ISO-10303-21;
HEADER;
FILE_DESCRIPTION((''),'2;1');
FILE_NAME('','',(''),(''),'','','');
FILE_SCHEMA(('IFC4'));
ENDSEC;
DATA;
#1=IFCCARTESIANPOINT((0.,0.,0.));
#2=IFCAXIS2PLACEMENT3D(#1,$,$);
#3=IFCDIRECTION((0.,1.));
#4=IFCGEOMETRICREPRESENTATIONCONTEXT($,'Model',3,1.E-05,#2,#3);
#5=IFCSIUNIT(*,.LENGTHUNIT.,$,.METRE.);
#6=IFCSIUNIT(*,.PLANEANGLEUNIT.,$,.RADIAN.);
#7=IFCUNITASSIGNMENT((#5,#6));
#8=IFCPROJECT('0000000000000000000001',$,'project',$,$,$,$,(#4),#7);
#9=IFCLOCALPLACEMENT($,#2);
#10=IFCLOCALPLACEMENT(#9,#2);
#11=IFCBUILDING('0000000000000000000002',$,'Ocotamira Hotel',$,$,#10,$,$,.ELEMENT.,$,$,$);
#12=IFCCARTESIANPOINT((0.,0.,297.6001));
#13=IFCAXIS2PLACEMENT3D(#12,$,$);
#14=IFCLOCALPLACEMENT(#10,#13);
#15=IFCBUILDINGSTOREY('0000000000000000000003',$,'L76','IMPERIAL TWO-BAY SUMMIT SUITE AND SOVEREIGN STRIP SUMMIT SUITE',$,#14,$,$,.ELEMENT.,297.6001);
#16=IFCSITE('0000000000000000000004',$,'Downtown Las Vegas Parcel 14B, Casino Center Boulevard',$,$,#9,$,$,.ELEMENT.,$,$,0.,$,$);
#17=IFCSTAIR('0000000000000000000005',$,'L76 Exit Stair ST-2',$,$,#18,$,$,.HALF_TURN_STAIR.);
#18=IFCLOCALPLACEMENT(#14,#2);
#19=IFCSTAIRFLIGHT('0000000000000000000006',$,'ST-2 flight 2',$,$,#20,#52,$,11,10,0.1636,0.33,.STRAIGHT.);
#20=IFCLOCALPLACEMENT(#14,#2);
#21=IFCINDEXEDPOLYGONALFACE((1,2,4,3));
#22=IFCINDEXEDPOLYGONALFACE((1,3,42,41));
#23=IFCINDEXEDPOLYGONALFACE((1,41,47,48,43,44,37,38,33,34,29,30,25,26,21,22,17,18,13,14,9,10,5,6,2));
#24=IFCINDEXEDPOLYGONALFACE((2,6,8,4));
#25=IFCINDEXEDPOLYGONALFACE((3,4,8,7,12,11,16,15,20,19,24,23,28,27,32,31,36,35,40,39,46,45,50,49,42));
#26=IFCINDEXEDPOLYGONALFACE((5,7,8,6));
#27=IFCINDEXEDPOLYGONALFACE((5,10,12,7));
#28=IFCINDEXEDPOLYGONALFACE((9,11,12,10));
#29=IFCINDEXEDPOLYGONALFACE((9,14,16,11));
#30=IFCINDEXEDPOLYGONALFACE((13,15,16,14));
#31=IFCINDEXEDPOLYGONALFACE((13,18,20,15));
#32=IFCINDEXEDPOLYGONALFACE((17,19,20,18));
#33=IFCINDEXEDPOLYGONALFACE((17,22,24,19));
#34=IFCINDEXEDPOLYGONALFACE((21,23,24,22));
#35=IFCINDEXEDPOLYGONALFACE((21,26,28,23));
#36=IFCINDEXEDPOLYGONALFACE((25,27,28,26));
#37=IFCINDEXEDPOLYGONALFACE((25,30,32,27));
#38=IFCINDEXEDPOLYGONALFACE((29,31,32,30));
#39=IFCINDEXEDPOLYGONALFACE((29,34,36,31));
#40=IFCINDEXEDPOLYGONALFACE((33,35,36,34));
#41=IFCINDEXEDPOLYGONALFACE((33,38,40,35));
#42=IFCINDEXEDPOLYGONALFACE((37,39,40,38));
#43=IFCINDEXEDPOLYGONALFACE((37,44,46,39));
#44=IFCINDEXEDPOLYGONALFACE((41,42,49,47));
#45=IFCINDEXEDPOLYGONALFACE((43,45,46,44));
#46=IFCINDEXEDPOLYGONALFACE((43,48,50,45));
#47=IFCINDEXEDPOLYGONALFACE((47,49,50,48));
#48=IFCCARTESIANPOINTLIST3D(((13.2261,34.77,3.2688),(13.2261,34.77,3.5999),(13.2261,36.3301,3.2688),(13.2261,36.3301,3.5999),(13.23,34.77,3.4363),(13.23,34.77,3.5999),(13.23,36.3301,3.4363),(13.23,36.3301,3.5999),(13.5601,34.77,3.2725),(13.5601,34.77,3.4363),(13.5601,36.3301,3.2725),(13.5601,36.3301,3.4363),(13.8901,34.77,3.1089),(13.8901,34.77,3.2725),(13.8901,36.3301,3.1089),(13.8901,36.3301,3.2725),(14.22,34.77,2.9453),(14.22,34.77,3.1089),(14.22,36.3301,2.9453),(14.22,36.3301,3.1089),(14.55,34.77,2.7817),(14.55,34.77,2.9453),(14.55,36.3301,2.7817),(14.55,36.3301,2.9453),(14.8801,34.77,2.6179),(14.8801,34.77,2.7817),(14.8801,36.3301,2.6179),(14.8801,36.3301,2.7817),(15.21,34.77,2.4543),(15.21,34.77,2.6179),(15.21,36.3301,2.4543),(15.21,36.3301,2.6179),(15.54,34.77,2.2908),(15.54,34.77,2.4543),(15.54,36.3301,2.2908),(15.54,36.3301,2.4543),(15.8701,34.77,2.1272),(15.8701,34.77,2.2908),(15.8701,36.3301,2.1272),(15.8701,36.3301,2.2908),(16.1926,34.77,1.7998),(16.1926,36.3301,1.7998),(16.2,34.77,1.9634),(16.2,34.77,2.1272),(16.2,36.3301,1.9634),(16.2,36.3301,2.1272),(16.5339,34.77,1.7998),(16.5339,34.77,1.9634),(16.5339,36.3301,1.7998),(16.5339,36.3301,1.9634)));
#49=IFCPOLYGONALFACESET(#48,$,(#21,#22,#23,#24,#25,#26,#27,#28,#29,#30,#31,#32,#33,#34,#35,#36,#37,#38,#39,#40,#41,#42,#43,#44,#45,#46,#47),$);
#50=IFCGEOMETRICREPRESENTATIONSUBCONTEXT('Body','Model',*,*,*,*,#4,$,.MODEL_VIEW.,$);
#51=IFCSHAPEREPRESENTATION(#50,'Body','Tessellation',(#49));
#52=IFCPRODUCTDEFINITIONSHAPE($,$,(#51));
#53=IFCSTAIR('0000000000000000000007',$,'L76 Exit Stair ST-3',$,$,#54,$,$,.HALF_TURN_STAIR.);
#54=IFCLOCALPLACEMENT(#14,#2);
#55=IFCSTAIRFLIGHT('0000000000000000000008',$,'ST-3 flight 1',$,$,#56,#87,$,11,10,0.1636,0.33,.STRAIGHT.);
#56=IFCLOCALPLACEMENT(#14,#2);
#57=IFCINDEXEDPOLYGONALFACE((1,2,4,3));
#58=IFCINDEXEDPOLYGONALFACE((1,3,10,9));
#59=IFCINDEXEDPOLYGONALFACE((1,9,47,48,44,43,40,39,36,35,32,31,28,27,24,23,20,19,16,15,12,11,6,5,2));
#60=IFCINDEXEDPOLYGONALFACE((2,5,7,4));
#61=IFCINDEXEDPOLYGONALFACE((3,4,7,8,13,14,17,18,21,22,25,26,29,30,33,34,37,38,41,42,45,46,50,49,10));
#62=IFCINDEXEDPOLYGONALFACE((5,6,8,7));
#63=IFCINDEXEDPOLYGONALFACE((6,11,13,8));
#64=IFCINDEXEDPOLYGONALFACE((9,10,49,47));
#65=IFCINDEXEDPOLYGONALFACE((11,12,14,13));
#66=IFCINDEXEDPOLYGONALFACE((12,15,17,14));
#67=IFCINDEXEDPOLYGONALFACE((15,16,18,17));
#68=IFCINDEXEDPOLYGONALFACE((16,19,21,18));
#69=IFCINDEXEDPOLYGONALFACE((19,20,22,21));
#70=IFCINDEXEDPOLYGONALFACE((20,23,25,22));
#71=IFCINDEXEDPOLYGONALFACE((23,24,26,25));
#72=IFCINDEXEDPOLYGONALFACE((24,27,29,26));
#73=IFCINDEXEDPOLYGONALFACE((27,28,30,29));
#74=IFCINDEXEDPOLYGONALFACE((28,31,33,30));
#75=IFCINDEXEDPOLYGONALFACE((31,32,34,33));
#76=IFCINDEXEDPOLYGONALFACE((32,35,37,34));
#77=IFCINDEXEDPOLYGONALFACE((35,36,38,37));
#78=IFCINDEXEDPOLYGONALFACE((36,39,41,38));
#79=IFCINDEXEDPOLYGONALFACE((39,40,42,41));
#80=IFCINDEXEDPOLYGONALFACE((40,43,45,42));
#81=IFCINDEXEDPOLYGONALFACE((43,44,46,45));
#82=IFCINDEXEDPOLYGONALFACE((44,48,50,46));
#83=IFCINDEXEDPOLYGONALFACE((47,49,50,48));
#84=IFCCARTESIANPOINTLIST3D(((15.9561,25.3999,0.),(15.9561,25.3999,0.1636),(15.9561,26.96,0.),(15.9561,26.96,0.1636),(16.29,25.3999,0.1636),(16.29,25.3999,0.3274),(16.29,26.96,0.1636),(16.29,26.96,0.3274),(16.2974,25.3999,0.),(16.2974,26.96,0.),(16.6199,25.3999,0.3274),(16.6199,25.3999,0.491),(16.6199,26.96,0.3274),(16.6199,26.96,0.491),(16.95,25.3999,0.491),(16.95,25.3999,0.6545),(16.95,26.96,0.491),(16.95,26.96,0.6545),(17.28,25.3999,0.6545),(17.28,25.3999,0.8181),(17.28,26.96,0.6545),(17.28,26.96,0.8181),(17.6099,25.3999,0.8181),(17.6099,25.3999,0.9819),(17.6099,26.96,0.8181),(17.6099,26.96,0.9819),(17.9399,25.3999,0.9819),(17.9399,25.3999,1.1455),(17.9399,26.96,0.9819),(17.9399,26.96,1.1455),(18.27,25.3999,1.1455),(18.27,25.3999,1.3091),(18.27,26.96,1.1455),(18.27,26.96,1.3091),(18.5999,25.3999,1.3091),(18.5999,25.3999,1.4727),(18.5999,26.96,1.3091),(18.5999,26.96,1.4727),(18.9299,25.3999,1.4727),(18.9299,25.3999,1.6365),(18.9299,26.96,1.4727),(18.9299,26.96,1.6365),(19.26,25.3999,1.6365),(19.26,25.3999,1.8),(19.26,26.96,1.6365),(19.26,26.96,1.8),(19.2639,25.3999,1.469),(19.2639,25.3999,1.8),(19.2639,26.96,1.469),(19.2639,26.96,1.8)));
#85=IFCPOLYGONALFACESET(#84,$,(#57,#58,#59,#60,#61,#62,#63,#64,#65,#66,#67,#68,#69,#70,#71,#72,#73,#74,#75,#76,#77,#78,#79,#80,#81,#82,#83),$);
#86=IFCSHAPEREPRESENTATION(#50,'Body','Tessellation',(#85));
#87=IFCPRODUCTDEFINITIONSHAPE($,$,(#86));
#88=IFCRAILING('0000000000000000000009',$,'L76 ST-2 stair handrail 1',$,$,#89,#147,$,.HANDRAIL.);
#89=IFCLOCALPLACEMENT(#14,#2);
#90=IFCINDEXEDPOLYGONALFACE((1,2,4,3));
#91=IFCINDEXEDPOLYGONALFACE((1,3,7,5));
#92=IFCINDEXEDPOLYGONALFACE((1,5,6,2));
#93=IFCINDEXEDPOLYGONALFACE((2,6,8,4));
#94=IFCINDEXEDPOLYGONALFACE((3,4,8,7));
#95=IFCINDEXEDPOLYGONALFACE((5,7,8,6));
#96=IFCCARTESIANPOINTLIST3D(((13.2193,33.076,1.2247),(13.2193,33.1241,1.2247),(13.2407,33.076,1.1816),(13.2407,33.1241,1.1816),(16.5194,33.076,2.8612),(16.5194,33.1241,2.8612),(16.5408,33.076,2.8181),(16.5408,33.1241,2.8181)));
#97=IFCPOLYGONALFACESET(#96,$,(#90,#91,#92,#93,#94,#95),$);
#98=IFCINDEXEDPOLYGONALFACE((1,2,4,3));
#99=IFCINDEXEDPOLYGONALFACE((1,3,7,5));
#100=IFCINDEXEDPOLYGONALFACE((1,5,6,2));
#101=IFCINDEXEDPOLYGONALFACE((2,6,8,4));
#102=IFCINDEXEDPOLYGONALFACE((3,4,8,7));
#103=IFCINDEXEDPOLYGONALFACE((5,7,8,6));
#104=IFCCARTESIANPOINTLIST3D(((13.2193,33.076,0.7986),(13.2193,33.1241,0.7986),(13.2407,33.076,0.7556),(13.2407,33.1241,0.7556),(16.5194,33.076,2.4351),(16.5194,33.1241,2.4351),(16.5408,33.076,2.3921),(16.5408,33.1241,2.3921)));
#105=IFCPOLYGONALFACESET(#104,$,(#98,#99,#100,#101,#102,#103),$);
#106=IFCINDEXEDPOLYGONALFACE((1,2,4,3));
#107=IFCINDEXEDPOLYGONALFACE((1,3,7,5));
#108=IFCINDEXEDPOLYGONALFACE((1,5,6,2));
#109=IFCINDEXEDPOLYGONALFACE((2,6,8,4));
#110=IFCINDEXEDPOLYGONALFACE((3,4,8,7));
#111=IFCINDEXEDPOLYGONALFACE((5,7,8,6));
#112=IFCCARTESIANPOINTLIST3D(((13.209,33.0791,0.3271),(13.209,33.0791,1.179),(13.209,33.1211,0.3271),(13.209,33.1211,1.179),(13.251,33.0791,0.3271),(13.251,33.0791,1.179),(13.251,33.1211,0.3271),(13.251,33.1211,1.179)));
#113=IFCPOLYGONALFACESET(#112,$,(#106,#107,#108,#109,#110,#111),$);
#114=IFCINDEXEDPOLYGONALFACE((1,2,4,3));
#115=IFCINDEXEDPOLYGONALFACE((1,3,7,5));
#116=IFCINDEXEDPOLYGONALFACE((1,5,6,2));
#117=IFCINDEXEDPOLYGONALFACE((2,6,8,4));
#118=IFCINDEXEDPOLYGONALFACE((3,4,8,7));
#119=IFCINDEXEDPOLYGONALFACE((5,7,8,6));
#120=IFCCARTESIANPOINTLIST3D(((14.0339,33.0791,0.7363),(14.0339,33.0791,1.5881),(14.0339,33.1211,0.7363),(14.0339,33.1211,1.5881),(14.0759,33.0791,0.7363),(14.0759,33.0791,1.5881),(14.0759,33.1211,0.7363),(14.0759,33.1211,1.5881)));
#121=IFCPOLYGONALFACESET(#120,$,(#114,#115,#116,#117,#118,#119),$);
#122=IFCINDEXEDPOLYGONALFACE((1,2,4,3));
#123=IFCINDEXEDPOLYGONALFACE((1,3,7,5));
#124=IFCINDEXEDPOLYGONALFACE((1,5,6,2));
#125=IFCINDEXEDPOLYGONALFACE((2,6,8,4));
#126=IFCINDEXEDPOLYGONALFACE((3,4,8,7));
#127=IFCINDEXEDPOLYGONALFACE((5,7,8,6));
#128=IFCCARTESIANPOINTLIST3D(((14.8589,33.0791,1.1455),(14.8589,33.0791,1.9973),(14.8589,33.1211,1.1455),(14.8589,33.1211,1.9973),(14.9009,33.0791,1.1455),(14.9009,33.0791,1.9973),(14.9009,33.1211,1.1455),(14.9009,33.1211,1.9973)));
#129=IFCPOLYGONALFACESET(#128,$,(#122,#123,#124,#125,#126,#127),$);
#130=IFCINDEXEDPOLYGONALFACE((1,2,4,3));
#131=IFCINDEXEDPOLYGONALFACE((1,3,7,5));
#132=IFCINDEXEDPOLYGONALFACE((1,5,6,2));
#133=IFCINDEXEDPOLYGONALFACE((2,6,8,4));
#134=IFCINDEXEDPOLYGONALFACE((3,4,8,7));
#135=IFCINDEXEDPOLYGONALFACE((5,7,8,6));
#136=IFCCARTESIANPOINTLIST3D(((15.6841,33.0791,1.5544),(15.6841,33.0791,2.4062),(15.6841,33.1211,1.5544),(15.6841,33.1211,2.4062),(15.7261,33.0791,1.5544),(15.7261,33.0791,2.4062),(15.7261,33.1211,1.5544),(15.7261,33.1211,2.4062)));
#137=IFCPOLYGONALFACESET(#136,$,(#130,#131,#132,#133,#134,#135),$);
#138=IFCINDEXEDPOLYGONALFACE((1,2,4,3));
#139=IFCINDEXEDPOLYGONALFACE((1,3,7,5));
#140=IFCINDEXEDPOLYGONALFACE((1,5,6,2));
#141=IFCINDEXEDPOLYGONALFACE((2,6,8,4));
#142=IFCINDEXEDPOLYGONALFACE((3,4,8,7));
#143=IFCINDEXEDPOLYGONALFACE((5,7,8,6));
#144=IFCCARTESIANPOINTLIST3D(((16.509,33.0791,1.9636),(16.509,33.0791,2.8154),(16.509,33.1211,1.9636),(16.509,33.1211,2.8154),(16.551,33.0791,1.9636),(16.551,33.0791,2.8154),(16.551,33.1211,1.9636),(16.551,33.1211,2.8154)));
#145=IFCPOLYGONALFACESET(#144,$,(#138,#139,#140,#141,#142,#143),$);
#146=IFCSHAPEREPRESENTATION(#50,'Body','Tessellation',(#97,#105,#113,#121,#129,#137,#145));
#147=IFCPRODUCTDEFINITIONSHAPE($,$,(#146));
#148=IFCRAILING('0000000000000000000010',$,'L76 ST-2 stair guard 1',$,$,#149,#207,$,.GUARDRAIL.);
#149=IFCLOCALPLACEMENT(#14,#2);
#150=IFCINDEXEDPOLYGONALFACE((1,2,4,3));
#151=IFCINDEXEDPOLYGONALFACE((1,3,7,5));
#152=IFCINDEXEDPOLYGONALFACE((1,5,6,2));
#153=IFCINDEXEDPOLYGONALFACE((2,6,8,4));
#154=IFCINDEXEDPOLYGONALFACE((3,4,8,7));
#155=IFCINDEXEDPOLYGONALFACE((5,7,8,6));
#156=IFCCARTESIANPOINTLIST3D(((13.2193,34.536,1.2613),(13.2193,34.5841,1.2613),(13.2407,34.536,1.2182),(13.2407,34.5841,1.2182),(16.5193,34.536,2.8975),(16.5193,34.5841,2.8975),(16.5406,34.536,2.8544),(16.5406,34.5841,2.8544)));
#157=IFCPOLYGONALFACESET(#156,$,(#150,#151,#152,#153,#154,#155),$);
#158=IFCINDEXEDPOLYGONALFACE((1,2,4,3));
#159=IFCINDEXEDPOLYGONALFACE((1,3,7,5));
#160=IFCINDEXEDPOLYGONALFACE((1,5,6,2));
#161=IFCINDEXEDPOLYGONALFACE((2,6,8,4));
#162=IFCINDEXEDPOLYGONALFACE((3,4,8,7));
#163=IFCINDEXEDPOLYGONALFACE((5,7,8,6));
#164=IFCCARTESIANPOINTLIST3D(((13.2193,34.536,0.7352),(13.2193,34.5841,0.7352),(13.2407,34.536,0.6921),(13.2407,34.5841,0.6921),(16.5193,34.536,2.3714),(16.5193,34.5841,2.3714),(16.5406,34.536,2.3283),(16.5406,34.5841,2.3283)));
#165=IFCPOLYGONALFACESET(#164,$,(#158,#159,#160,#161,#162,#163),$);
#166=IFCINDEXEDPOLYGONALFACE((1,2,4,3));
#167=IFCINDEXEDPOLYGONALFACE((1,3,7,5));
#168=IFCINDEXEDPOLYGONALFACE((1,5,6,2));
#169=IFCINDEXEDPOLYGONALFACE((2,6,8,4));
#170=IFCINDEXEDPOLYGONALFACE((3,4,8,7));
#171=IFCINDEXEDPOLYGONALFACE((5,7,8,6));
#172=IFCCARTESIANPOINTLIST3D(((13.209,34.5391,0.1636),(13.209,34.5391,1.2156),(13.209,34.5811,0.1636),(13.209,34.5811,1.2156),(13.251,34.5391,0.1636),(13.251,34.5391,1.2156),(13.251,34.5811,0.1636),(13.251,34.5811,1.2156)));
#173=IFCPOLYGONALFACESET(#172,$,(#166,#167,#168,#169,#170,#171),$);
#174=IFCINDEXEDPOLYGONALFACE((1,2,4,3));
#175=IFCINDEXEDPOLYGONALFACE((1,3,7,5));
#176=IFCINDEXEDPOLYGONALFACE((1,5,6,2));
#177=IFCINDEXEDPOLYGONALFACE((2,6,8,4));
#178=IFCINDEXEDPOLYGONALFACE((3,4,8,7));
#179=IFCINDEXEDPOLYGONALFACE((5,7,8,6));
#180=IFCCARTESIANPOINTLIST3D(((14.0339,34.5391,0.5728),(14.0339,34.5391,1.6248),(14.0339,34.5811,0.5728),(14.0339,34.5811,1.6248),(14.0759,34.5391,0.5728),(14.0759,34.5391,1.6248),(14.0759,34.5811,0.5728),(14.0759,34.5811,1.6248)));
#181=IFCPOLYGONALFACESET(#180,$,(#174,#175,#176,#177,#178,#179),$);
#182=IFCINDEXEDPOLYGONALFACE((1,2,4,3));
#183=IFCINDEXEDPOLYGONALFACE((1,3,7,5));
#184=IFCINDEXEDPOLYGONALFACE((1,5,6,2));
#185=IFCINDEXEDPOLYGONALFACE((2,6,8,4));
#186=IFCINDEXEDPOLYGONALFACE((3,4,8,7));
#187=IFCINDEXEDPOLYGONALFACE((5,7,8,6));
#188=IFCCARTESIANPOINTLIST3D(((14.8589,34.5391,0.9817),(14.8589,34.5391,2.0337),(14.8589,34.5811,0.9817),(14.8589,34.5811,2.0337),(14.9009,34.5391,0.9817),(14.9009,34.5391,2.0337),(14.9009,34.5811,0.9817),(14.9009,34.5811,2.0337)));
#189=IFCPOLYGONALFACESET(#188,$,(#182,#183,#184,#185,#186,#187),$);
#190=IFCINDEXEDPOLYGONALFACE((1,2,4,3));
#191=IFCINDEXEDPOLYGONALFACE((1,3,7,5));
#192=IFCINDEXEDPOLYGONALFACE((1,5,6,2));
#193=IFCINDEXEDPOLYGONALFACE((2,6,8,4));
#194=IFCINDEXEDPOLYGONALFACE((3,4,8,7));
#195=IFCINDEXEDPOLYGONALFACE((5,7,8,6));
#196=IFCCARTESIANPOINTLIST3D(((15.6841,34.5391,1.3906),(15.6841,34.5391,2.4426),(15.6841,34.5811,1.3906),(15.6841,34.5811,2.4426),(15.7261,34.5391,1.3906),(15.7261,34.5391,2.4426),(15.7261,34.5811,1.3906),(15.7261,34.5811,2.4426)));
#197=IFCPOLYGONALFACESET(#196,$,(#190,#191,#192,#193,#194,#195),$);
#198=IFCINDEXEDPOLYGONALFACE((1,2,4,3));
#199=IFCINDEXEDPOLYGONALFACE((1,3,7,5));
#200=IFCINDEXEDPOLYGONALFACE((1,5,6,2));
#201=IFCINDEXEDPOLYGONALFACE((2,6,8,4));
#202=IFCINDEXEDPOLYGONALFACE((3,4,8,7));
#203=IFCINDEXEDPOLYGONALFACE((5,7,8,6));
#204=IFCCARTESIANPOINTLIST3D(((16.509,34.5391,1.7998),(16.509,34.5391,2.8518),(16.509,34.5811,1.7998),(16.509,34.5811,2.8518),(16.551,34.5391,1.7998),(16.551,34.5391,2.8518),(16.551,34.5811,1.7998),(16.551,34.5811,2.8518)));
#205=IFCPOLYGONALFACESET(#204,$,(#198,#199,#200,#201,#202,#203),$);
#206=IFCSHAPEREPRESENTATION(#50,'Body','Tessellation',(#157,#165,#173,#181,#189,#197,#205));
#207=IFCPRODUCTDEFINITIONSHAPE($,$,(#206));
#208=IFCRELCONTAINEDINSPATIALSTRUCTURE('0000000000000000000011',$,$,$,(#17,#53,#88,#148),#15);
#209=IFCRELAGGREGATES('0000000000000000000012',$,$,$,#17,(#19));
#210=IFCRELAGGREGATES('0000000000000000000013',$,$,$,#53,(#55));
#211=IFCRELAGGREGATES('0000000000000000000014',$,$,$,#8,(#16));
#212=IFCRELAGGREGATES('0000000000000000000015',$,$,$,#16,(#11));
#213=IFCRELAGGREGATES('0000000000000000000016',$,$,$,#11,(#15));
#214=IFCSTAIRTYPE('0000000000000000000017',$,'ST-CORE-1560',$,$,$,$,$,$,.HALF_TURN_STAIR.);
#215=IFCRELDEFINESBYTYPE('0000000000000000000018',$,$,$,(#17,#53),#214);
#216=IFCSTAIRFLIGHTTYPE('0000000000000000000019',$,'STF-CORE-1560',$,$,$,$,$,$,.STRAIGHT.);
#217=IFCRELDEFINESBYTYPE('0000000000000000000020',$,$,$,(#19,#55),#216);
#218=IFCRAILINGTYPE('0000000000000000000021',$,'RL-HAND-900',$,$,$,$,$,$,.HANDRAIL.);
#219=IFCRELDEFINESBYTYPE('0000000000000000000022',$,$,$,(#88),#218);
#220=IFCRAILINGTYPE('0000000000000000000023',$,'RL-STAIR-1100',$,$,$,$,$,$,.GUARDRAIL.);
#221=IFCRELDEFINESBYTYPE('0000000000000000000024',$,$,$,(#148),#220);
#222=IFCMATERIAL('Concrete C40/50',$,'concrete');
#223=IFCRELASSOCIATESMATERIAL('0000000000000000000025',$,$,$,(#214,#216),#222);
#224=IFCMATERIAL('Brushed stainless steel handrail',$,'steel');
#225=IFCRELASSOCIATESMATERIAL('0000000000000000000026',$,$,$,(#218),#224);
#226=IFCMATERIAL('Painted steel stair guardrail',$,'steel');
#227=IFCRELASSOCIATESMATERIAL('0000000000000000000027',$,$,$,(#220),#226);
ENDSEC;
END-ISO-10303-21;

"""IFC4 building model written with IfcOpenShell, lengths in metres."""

from ifc_helpers import new_model, si_unit, direction, frame, origin, origin_2d, place, context, subcontext, project, spatial, polyline, rectangle, outline, extrude, source, transform, mapped, material, type_object, element, aggregate, save


model = new_model("IFC4")

# Units and contexts
model_context = context("Model", 3, precision=1e-05, world=origin(), true_north=direction((0.0, 1.0)))
body_context = subcontext(model_context, "Body", "Model", "MODEL_VIEW")
ifc_project = project(units=[si_unit("LENGTHUNIT", "METRE"), si_unit("PLANEANGLEUNIT", "RADIAN")], contexts=[model_context])

# Site, building, storey
site_placement = place(None, origin())
site = spatial("IfcSite", under=ifc_project, at=site_placement, Name="Downtown Las Vegas Parcel 14B, Casino Center Boulevard", CompositionType="ELEMENT", RefElevation=0.0)
building_placement = place(site_placement, origin())
building = spatial("IfcBuilding", under=site, at=building_placement, Name="Ocotamira Hotel", CompositionType="ELEMENT")
storey_placement = place(building_placement, frame((0.0, 0.0, 297.6001)))
storey = spatial("IfcBuildingStorey", under=building, at=storey_placement, Name="L76", Description="IMPERIAL TWO-BAY SUMMIT SUITE AND SOVEREIGN STRIP SUMMIT SUITE", CompositionType="ELEMENT", Elevation=297.6001)

# Stair, stair flight
ifc_material_1 = material(Name="Concrete C40/50", Category="concrete")
stair_type = type_object("IfcStairType", Name="ST-CORE-1560", PredefinedType="HALF_TURN_STAIR", material=ifc_material_1)
stair_1_placement = place(storey_placement, origin())
stair_1 = element("IfcStair", 1, at=stair_1_placement, inside=storey, type_object=stair_type, Name="L76 Exit Stair ST-2", PredefinedType="HALF_TURN_STAIR")
stair_flight_type = type_object("IfcStairFlightType", Name="STF-CORE-1560", PredefinedType="STRAIGHT", material=ifc_material_1)
shared_shape_1 = source(origin(), body_context, "Body", "SweptSolid", [
    extrude(outline(polyline([(-0.0039, 0.0), (-0.0039, 0.1636), (0.3301, 0.1636), (0.3301, 0.3274), (0.6599, 0.3274), (0.6599, 0.491), (0.99, 0.491), (0.99, 0.6545), (1.3201, 0.6545), (1.3201, 0.8181), (1.6499, 0.8181), (1.6499, 0.9819), (1.98, 0.9819), (1.98, 1.1455), (2.3101, 1.1455), (2.3101, 1.3091), (2.6399, 1.3091), (2.6399, 1.4727), (2.97, 1.4727), (2.97, 1.6365), (3.3, 1.6365), (3.3, 1.8), (3.304, 1.8), (3.304, 1.469), (0.3374, 0.0), (-0.0039, 0.0)])), frame((0.0, 0.78, 0.0), z_axis=(0.0, -1.0, 0.0), x_axis=(1.0, 0.0, 0.0)), (0.0, 0.0, 1.0), 1.5601),
])
stair_flight_1_placement = place(storey_placement, frame((16.53, 35.55, 1.7998), z_axis=(0.0, 0.0, 1.0), x_axis=(-1.0, 0.0, 0.0)))
stair_flight_1 = element("IfcStairFlight", 2, at=stair_flight_1_placement, type_object=stair_flight_type, Name="ST-2 flight 2", NumberOfRisers=11, NumberOfTreads=10, PredefinedType="STRAIGHT", RiserHeight=0.1636, TreadLength=0.33, context=body_context, shape_type="MappedRepresentation", body=[
    mapped(shared_shape_1, transform((0.0, 0.0, 0.0), scale=1.0)),
])
aggregate(stair_1, [stair_flight_1])

# Stair, stair flight
stair_2_placement = place(storey_placement, origin())
stair_2 = element("IfcStair", 3, at=stair_2_placement, inside=storey, type_object=stair_type, Name="L76 Exit Stair ST-3", PredefinedType="HALF_TURN_STAIR")
stair_flight_2_placement = place(storey_placement, frame((15.96, 26.1799, 0.0), z_axis=(0.0, 0.0, 1.0), x_axis=(1.0, 0.0, 0.0)))
stair_flight_2 = element("IfcStairFlight", 4, at=stair_flight_2_placement, type_object=stair_flight_type, Name="ST-3 flight 1", NumberOfRisers=11, NumberOfTreads=10, PredefinedType="STRAIGHT", RiserHeight=0.1636, TreadLength=0.33, context=body_context, shape_type="MappedRepresentation", body=[
    mapped(shared_shape_1, transform((0.0, 0.0, 0.0), scale=1.0)),
])
aggregate(stair_2, [stair_flight_2])

# Railings
ifc_material_2 = material(Name="Brushed stainless steel handrail", Category="steel")
railing_type_1 = type_object("IfcRailingType", Name="RL-HAND-900", PredefinedType="HANDRAIL", material=ifc_material_2)
railing_1_placement = place(storey_placement, frame((13.23, 33.1001, 0.3271)))
element("IfcRailing", 5, at=railing_1_placement, inside=storey, type_object=railing_type_1, Name="L76 ST-2 stair handrail 1", PredefinedType="HANDRAIL", context=body_context, shape_type="SweptSolid", body=[
    extrude(rectangle(XDim=0.0481, YDim=0.0481, at=origin_2d()), frame((0.0, 0.0, 0.876), z_axis=(0.895894, 0.0, 0.444268), x_axis=(0.0, 1.0, 0.0)), (0.0, 0.0, 1.0), 3.6836),
    extrude(rectangle(XDim=0.0481, YDim=0.0481, at=origin_2d()), frame((0.0, 0.0, 0.45), z_axis=(0.895894, 0.0, 0.444268), x_axis=(0.0, 1.0, 0.0)), (0.0, 0.0, 1.0), 3.6836),
    extrude(rectangle(XDim=0.042, YDim=0.042, at=origin_2d()), origin(), (0.0, 0.0, 1.0), 0.8518),
    extrude(rectangle(XDim=0.042, YDim=0.042, at=origin_2d()), frame((0.825, 0.0, 0.4092)), (0.0, 0.0, 1.0), 0.8518),
    extrude(rectangle(XDim=0.042, YDim=0.042, at=origin_2d()), frame((1.6499, 0.0, 0.8184)), (0.0, 0.0, 1.0), 0.8518),
    extrude(rectangle(XDim=0.042, YDim=0.042, at=origin_2d()), frame((2.4751, 0.0, 1.2273)), (0.0, 0.0, 1.0), 0.8518),
    extrude(rectangle(XDim=0.042, YDim=0.042, at=origin_2d()), frame((3.3, 0.0, 1.6365)), (0.0, 0.0, 1.0), 0.8518),
])
ifc_material_3 = material(Name="Painted steel stair guardrail", Category="steel")
railing_type_2 = type_object("IfcRailingType", Name="RL-STAIR-1100", PredefinedType="GUARDRAIL", material=ifc_material_3)
railing_2_placement = place(storey_placement, frame((13.23, 34.5601, 0.1636)))
element("IfcRailing", 6, at=railing_2_placement, inside=storey, type_object=railing_type_2, Name="L76 ST-2 stair guard 1", PredefinedType="GUARDRAIL", context=body_context, shape_type="SweptSolid", body=[
    extrude(rectangle(XDim=0.0481, YDim=0.0481, at=origin_2d()), frame((0.0, 0.0, 1.0762), z_axis=(0.89592, 0.0, 0.444215), x_axis=(0.0, 1.0, 0.0)), (0.0, 0.0, 1.0), 3.6833),
    extrude(rectangle(XDim=0.0481, YDim=0.0481, at=origin_2d()), frame((0.0, 0.0, 0.55), z_axis=(0.89592, 0.0, 0.444215), x_axis=(0.0, 1.0, 0.0)), (0.0, 0.0, 1.0), 3.6833),
    extrude(rectangle(XDim=0.042, YDim=0.042, at=origin_2d()), origin(), (0.0, 0.0, 1.0), 1.052),
    extrude(rectangle(XDim=0.042, YDim=0.042, at=origin_2d()), frame((0.825, 0.0, 0.4092)), (0.0, 0.0, 1.0), 1.052),
    extrude(rectangle(XDim=0.042, YDim=0.042, at=origin_2d()), frame((1.6499, 0.0, 0.8181)), (0.0, 0.0, 1.0), 1.052),
    extrude(rectangle(XDim=0.042, YDim=0.042, at=origin_2d()), frame((2.4751, 0.0, 1.2271)), (0.0, 0.0, 1.0), 1.052),
    extrude(rectangle(XDim=0.042, YDim=0.042, at=origin_2d()), frame((3.3, 0.0, 1.6362)), (0.0, 0.0, 1.0), 1.052),
])

save(model, "model.ifc")
